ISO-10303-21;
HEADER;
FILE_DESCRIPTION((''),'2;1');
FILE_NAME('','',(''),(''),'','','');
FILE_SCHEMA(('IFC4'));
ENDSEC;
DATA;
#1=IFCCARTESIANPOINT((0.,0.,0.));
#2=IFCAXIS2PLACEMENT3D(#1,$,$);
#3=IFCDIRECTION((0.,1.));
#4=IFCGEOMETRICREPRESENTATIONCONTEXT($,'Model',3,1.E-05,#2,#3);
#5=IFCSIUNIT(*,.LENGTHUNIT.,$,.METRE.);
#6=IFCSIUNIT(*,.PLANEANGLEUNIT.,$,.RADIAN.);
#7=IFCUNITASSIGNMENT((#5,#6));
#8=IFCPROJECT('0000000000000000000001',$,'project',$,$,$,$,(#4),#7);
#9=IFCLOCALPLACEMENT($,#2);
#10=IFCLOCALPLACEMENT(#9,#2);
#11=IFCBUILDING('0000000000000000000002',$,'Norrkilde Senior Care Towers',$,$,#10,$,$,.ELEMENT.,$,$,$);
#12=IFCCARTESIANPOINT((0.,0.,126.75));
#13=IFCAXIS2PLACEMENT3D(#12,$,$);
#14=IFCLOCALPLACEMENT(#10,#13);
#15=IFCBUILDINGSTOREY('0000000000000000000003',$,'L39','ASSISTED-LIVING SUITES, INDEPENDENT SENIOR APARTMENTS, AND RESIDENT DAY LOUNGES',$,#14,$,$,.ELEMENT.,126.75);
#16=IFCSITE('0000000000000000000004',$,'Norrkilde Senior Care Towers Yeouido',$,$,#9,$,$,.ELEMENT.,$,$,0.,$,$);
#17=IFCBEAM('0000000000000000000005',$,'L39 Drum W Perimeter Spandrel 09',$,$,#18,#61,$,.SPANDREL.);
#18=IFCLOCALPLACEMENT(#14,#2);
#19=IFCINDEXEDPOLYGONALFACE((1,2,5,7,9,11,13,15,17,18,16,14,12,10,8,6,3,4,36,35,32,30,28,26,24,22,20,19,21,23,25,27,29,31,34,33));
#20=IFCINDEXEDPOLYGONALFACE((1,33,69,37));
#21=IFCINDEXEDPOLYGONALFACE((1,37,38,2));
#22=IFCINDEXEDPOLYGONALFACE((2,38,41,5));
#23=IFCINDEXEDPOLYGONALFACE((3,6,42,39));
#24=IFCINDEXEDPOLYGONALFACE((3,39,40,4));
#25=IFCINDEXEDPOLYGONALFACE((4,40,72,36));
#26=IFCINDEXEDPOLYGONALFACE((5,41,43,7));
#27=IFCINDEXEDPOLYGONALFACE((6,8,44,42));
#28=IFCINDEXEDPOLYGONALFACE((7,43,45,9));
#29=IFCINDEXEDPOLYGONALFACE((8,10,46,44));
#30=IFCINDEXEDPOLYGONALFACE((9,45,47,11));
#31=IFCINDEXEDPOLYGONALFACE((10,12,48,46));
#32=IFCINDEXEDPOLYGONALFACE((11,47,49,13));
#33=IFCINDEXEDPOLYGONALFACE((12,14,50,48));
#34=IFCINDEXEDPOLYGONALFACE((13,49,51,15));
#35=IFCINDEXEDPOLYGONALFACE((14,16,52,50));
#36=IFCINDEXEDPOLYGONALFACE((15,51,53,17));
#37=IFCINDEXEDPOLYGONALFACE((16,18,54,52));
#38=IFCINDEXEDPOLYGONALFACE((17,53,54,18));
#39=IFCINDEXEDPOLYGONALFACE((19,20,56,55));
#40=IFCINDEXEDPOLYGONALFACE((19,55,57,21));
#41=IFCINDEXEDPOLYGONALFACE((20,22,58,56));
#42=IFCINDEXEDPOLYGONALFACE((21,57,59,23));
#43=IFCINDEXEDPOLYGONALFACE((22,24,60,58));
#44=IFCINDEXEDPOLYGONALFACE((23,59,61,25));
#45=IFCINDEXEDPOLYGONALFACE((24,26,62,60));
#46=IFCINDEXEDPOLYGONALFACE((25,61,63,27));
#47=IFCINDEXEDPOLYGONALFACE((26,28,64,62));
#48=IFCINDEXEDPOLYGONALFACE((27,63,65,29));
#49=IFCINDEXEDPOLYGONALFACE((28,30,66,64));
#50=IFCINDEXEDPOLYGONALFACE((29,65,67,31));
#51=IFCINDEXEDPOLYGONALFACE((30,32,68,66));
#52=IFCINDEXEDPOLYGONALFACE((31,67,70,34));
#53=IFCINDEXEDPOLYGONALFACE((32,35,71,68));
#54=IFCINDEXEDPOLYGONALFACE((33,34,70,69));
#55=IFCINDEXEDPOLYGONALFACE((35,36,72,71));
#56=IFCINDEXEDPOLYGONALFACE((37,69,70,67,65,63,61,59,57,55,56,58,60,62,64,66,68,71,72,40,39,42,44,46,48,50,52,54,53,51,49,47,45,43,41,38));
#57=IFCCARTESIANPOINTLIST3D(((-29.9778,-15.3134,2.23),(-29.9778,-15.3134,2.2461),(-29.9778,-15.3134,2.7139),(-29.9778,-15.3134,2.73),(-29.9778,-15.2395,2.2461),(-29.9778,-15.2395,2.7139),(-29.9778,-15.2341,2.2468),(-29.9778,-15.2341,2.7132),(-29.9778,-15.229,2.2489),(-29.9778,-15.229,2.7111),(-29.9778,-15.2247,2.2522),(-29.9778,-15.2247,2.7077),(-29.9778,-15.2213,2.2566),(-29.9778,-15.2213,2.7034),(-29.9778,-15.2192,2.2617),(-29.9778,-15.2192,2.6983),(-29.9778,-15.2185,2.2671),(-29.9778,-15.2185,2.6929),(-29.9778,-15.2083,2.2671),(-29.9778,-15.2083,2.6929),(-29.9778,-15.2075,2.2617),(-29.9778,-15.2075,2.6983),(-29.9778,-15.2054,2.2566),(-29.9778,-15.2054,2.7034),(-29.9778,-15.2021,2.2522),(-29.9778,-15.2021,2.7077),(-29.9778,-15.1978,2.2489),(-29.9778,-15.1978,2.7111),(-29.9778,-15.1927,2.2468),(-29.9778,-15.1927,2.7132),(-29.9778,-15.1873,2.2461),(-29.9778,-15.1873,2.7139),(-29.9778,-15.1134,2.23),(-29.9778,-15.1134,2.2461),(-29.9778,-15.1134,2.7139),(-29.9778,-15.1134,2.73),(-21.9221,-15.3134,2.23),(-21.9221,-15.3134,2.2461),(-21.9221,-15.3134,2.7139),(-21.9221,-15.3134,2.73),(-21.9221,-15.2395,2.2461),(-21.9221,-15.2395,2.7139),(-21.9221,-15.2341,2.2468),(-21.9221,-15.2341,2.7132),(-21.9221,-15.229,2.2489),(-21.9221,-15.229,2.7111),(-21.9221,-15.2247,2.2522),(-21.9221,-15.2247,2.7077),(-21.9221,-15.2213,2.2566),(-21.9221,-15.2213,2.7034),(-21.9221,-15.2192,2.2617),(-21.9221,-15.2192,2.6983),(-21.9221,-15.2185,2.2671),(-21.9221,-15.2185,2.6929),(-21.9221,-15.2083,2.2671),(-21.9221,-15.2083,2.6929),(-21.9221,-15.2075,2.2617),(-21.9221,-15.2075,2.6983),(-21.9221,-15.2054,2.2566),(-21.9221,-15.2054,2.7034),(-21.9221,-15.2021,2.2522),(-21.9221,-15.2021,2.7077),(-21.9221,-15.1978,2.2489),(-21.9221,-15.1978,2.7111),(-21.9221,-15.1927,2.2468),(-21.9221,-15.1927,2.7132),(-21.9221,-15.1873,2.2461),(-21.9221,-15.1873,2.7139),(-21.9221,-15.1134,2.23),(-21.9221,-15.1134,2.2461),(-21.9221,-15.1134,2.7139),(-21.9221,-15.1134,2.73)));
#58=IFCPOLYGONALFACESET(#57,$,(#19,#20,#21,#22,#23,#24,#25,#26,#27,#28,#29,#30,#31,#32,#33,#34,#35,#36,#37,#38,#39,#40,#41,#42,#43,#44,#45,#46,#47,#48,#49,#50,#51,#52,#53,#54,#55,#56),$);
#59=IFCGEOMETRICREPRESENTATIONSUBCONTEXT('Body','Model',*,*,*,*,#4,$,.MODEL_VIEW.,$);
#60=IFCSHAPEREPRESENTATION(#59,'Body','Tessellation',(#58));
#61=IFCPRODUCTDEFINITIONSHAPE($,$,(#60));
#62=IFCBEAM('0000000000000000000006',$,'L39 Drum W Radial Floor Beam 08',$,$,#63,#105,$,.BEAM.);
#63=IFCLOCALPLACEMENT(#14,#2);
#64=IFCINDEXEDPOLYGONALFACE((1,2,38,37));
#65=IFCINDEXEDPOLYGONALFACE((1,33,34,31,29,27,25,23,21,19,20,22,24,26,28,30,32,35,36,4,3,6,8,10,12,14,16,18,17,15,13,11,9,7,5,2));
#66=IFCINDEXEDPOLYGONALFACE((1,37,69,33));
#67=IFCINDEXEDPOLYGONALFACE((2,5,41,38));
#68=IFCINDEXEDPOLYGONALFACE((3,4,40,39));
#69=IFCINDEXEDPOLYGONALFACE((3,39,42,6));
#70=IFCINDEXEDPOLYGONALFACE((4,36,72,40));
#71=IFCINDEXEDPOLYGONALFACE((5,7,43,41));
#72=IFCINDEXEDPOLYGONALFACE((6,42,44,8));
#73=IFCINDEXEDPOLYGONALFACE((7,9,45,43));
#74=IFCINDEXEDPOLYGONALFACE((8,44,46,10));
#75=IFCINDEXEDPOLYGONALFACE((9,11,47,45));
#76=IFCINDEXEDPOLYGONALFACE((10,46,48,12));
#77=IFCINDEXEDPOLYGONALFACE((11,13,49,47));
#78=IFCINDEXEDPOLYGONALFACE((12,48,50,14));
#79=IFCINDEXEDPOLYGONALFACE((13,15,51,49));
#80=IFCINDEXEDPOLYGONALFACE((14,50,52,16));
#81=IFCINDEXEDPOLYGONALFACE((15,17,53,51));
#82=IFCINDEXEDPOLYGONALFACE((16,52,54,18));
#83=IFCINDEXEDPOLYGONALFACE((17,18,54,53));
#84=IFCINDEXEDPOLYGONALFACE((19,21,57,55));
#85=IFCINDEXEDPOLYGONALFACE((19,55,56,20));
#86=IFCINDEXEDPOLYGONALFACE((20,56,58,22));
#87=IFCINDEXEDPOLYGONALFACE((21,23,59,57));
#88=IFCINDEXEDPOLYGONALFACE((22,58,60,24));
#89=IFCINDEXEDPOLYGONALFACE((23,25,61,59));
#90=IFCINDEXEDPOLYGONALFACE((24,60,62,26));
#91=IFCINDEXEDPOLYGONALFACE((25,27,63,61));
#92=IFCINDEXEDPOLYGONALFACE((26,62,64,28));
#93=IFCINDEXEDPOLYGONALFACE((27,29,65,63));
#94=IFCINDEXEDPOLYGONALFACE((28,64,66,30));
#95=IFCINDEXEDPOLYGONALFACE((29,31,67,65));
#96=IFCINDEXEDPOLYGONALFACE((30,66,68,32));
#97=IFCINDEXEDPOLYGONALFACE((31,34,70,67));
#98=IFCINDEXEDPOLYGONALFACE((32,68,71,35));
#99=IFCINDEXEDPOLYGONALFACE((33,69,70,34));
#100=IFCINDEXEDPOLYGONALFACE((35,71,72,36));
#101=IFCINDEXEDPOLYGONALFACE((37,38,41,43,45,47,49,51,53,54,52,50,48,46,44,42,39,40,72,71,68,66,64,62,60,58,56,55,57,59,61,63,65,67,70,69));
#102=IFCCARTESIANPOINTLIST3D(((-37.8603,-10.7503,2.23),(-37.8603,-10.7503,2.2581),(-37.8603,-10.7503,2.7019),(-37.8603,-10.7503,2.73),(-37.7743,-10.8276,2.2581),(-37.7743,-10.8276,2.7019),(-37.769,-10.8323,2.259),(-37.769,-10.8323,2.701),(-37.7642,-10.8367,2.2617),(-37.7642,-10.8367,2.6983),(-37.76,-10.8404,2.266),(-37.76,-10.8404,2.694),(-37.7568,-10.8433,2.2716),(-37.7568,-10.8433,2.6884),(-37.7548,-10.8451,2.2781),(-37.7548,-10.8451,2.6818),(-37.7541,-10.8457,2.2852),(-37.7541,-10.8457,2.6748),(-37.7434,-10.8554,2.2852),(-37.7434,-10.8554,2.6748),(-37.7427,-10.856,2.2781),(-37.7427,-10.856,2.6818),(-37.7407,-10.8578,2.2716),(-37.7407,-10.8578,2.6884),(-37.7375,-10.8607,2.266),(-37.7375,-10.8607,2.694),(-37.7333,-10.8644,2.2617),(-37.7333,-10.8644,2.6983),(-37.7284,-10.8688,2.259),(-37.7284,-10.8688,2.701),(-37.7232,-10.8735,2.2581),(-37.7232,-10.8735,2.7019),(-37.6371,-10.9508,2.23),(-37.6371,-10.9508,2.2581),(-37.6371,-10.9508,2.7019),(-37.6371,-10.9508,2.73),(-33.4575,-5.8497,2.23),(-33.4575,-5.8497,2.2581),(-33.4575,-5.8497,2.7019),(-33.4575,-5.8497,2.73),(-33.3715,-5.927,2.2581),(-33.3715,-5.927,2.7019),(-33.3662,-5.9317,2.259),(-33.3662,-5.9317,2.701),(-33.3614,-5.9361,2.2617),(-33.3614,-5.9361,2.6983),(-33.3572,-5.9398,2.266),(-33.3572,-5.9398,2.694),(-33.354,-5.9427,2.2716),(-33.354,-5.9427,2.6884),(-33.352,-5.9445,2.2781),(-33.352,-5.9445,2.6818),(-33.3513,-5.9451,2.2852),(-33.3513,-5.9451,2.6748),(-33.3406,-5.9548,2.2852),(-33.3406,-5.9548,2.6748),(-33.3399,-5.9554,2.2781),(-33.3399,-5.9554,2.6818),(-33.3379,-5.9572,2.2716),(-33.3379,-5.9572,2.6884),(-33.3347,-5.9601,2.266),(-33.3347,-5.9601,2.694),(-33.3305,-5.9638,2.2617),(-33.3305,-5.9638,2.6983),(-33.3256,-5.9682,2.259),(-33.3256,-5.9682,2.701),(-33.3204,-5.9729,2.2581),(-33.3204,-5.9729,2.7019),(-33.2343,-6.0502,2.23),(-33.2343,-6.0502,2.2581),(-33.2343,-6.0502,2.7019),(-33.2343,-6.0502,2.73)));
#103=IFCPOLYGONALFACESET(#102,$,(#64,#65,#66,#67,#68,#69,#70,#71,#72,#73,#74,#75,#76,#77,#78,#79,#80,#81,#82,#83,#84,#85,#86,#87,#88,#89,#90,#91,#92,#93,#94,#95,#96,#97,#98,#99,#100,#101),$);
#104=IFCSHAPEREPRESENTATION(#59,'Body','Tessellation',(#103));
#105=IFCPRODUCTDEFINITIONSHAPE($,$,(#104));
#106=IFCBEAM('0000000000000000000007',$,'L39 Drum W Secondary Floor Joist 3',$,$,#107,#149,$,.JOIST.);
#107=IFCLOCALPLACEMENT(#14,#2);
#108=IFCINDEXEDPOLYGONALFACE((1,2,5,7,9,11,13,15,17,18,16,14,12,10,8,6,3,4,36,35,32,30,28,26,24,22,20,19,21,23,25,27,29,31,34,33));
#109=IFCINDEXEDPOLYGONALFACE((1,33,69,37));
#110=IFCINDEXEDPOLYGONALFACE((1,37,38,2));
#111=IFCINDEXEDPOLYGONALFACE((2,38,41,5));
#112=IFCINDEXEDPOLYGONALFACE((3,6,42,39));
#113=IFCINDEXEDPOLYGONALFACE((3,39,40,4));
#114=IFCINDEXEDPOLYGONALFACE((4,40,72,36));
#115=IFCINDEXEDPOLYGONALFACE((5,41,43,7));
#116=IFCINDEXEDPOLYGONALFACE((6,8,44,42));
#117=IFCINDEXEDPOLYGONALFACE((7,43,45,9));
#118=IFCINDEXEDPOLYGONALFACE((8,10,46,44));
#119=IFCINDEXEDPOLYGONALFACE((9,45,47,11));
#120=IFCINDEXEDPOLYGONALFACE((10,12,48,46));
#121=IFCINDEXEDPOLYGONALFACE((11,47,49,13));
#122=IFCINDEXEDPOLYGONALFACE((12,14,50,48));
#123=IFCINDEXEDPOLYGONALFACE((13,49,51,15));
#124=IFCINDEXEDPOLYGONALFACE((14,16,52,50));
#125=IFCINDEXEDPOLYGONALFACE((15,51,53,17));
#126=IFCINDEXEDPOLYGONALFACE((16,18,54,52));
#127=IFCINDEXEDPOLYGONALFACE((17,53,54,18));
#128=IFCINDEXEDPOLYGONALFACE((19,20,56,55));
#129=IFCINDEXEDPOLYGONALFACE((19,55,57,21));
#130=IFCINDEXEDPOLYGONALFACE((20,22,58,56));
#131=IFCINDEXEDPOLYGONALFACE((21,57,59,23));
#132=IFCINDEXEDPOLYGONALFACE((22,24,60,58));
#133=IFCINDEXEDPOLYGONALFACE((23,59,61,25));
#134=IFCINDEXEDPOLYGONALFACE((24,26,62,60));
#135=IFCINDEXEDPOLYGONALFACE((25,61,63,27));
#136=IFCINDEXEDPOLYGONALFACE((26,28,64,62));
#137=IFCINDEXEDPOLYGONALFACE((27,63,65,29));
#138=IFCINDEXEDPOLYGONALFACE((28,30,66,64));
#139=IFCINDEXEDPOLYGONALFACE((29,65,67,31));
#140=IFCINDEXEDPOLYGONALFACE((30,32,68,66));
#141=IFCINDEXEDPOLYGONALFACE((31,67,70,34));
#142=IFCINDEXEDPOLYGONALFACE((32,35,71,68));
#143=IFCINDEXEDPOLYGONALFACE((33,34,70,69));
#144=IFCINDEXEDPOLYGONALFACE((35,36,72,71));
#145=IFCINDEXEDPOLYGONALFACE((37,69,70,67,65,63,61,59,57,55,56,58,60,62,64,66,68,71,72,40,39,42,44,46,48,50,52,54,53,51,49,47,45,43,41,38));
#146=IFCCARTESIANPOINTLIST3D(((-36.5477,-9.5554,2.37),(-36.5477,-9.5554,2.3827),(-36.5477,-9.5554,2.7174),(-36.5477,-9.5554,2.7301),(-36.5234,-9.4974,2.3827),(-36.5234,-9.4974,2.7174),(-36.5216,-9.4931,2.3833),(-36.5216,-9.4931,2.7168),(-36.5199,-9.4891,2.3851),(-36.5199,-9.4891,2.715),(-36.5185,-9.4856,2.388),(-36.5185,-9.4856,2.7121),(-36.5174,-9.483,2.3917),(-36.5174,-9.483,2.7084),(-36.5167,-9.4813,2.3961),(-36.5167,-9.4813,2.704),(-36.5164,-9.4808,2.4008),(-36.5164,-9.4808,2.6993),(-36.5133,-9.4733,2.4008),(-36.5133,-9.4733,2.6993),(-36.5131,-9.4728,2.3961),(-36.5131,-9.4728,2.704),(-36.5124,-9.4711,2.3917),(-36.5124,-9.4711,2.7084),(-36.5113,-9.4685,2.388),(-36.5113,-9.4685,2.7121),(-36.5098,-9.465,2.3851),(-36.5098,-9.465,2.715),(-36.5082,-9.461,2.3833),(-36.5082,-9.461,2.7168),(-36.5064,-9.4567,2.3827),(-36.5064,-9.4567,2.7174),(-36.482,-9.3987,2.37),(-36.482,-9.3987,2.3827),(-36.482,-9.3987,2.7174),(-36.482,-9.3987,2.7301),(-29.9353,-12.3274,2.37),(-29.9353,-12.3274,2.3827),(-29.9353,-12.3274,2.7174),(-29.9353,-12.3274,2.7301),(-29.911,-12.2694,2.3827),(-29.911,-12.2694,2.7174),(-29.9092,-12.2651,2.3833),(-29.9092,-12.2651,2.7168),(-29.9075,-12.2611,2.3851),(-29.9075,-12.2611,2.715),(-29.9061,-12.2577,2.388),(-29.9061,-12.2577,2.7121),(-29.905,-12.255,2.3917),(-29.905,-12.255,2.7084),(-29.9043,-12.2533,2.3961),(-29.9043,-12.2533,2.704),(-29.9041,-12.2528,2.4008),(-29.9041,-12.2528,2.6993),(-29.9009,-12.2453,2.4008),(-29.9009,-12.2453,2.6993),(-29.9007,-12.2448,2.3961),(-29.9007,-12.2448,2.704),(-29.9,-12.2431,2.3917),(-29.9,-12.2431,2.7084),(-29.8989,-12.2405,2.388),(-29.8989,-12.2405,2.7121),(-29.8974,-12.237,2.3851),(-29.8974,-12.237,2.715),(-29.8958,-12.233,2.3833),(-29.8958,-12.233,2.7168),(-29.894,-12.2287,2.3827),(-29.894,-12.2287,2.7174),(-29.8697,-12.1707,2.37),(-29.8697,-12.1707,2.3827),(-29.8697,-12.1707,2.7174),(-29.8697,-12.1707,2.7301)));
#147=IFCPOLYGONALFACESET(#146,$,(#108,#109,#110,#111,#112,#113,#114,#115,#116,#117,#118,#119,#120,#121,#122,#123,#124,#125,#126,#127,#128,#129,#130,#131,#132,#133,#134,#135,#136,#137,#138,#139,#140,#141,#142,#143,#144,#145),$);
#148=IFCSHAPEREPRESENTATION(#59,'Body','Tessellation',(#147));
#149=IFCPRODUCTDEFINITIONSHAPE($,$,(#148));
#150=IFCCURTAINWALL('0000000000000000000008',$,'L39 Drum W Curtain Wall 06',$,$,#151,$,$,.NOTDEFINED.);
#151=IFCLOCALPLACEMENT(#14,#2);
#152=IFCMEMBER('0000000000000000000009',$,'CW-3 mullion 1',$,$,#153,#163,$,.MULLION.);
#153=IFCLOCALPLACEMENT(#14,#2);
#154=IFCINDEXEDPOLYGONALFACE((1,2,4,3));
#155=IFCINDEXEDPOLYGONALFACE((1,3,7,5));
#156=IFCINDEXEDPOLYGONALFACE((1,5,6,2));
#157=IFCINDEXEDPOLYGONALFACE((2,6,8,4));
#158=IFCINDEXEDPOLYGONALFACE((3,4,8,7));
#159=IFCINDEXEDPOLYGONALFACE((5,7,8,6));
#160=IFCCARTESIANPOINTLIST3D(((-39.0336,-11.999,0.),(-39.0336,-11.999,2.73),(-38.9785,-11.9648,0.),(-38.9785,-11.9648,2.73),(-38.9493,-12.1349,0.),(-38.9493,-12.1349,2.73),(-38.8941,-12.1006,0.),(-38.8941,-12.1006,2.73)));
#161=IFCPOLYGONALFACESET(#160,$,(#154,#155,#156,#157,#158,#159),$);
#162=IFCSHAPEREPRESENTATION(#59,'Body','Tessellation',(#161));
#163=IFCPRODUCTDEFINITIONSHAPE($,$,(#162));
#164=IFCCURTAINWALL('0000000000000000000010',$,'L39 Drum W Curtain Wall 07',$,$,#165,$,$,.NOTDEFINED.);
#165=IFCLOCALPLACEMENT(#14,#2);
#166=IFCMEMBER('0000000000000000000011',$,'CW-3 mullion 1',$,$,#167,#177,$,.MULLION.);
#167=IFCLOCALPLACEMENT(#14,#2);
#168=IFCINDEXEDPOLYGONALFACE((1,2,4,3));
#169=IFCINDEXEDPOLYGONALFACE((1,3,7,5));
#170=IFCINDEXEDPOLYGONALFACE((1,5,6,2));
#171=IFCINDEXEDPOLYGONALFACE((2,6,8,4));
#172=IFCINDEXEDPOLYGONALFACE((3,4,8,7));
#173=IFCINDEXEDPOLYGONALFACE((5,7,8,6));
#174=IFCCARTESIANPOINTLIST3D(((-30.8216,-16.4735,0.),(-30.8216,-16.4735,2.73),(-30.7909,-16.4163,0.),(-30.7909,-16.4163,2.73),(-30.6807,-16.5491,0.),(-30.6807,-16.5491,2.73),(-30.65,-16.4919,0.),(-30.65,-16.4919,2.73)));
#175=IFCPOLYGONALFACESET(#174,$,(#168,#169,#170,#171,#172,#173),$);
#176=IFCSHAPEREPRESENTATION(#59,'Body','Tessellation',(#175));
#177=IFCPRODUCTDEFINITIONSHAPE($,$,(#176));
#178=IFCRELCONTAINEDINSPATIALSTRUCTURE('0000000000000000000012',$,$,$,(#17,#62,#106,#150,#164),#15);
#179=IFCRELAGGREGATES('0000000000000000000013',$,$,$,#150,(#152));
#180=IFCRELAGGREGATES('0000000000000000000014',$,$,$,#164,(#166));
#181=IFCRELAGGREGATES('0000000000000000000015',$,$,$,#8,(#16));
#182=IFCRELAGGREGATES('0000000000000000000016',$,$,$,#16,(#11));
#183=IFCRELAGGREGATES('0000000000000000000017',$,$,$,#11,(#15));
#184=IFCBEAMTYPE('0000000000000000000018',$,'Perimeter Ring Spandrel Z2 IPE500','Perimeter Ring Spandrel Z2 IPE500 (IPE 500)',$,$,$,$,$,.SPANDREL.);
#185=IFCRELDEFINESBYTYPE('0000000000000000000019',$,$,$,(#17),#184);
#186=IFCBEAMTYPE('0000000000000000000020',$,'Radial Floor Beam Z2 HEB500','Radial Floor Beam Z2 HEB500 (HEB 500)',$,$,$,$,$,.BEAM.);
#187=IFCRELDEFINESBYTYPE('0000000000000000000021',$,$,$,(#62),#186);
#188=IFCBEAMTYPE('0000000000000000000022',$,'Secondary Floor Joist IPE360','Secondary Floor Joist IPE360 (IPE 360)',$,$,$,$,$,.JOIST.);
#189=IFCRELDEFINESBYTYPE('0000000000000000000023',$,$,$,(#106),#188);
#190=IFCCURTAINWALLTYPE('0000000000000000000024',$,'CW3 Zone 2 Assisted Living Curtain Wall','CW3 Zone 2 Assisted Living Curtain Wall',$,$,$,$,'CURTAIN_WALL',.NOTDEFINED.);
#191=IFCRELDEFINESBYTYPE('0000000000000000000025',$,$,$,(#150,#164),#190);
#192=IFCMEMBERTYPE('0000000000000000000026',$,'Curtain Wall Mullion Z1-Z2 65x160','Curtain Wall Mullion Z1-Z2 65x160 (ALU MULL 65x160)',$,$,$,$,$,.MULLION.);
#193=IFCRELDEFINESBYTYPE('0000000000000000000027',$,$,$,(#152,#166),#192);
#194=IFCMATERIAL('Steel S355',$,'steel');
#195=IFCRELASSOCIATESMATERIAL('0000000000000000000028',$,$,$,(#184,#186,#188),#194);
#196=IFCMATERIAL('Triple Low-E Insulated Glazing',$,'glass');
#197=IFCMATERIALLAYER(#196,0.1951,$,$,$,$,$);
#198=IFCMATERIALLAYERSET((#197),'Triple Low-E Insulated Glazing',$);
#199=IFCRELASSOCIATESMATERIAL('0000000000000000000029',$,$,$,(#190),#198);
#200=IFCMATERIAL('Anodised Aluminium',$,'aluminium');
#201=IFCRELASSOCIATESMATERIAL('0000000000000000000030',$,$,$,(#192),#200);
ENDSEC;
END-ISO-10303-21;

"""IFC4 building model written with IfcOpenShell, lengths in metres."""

from ifc_helpers import new_model, si_unit, direction, frame, origin, origin_2d, place, context, subcontext, project, spatial, rectangle, i_section, extrude, source, transform, mapped, material, layer, layer_set, material_profile, profile_set, type_object, type_shapes, element, aggregate, save


model = new_model("IFC4")

# Units and contexts
model_context = context("Model", 3, precision=1e-05, world=origin(), true_north=direction((0.0, 1.0)))
body_context = subcontext(model_context, "Body", "Model", "MODEL_VIEW")
ifc_project = project(units=[si_unit("LENGTHUNIT", "METRE"), si_unit("PLANEANGLEUNIT", "RADIAN")], contexts=[model_context])

# Site, building, storey
site_placement = place(None, origin())
site = spatial("IfcSite", under=ifc_project, at=site_placement, Name="Norrkilde Senior Care Towers Yeouido", CompositionType="ELEMENT", RefElevation=0.0)
building_placement = place(site_placement, origin())
building = spatial("IfcBuilding", under=site, at=building_placement, Name="Norrkilde Senior Care Towers", CompositionType="ELEMENT")
storey_placement = place(building_placement, frame((0.0, 0.0, 126.75)))
storey = spatial("IfcBuildingStorey", under=building, at=storey_placement, Name="L39", Description="ASSISTED-LIVING SUITES, INDEPENDENT SENIOR APARTMENTS, AND RESIDENT DAY LOUNGES", CompositionType="ELEMENT", Elevation=126.75)

# Beams
ifc_material_1 = material(Name="Steel S355", Category="steel")
ifc_material_profile_1 = material_profile(ifc_material_1, i_section(OverallWidth=0.2, OverallDepth=0.5, WebThickness=0.0103, FlangeThickness=0.0161, FilletRadius=0.021, at=origin_2d()), Name="IPE 500")
ifc_profile_set_1 = profile_set([ifc_material_profile_1], Name="Steel S355")
beam_type_1 = type_object("IfcBeamType", Name="Perimeter Ring Spandrel Z2 IPE500", Description="Perimeter Ring Spandrel Z2 IPE500 (IPE 500)", PredefinedType="SPANDREL", material=ifc_profile_set_1)
shared_shape_1 = source(origin(), body_context, "Body", "SweptSolid", [
    extrude(i_section(OverallWidth=0.2, OverallDepth=0.5, WebThickness=0.0103, FlangeThickness=0.0161, FilletRadius=0.021, at=origin_2d()), origin(), (0.0, 0.0, 1.0), 8.0557),
])
beam_1_placement = place(storey_placement, frame((-29.9778, -15.2134, 2.48), z_axis=(1.0, 0.0, 0.0), x_axis=(0.0, 1.0, 0.0)))
element("IfcBeam", 1, at=beam_1_placement, inside=storey, type_object=beam_type_1, Name="L39 Drum W Perimeter Spandrel 09", PredefinedType="SPANDREL", context=body_context, shape_type="MappedRepresentation", body=[
    mapped(shared_shape_1, transform((0.0, 0.0, 0.0), x_axis=(1.0, 0.0, 0.0), y_axis=(0.0, 1.0, 0.0), z_axis=(0.0, 0.0, 1.0), scale=1.0)),
])
ifc_material_profile_2 = material_profile(ifc_material_1, i_section(OverallWidth=0.3, OverallDepth=0.5, WebThickness=0.0144, FlangeThickness=0.0281, FilletRadius=0.0271, at=origin_2d()), Name="HEB 500")
ifc_profile_set_2 = profile_set([ifc_material_profile_2], Name="Steel S355")
beam_type_2 = type_object("IfcBeamType", Name="Radial Floor Beam Z2 HEB500", Description="Radial Floor Beam Z2 HEB500 (HEB 500)", PredefinedType="BEAM", material=ifc_profile_set_2)
shared_shape_2 = source(origin(), body_context, "Body", "SweptSolid", [
    extrude(i_section(OverallWidth=0.3, OverallDepth=0.5, WebThickness=0.0144, FlangeThickness=0.0281, FilletRadius=0.0271, at=origin_2d()), origin(), (0.0, 0.0, 1.0), 6.5879),
])
type_shapes(beam_type_2, [shared_shape_2])
beam_2_placement = place(storey_placement, frame((-33.3459, -5.95, 2.48), z_axis=(-0.668315, -0.743878, 0.0), x_axis=(0.743878, -0.668315, 0.0)))
element("IfcBeam", 2, at=beam_2_placement, inside=storey, type_object=beam_type_2, Name="L39 Drum W Radial Floor Beam 08", PredefinedType="BEAM", context=body_context, shape_type="MappedRepresentation", body=[
    mapped(shared_shape_2, transform((0.0, 0.0, 0.0), x_axis=(1.0, 0.0, 0.0), y_axis=(0.0, 1.0, 0.0), z_axis=(0.0, 0.0, 1.0), scale=1.0)),
])
ifc_material_profile_3 = material_profile(ifc_material_1, i_section(OverallWidth=0.1699, OverallDepth=0.3601, WebThickness=0.0081, FlangeThickness=0.0127, FilletRadius=0.0181, at=origin_2d()), Name="IPE 360")
ifc_profile_set_3 = profile_set([ifc_material_profile_3], Name="Steel S355")
beam_type_3 = type_object("IfcBeamType", Name="Secondary Floor Joist IPE360", Description="Secondary Floor Joist IPE360 (IPE 360)", PredefinedType="JOIST", material=ifc_profile_set_3)
shared_shape_3 = source(origin(), body_context, "Body", "SweptSolid", [
    extrude(i_section(OverallWidth=0.1699, OverallDepth=0.3601, WebThickness=0.0081, FlangeThickness=0.0127, FilletRadius=0.0181, at=origin_2d()), origin(), (0.0, 0.0, 1.0), 7.1699),
])
type_shapes(beam_type_3, [shared_shape_3])
beam_3_placement = place(storey_placement, frame((-36.5149, -9.4771, 2.55), z_axis=(0.922241, -0.386616, 0.0), x_axis=(0.386616, 0.922241, 0.0)))
element("IfcBeam", 3, at=beam_3_placement, inside=storey, type_object=beam_type_3, Name="L39 Drum W Secondary Floor Joist 3", PredefinedType="JOIST", context=body_context, shape_type="MappedRepresentation", body=[
    mapped(shared_shape_3, transform((0.0, 0.0, 0.0), x_axis=(1.0, 0.0, 0.0), y_axis=(0.0, 1.0, 0.0), z_axis=(0.0, 0.0, 1.0), scale=1.0)),
])

# Curtain wall, member
ifc_material_2 = material(Name="Triple Low-E Insulated Glazing", Category="glass")
ifc_layer_1 = layer(ifc_material_2, 0.1951)
ifc_layer_set_1 = layer_set([ifc_layer_1], Name="Triple Low-E Insulated Glazing")
curtain_wall_type = type_object("IfcCurtainWallType", Name="CW3 Zone 2 Assisted Living Curtain Wall", Description="CW3 Zone 2 Assisted Living Curtain Wall", ElementType="CURTAIN_WALL", PredefinedType="NOTDEFINED", material=ifc_layer_set_1)
curtain_wall_1_placement = place(storey_placement, origin())
curtain_wall_1 = element("IfcCurtainWall", 4, at=curtain_wall_1_placement, inside=storey, type_object=curtain_wall_type, Name="L39 Drum W Curtain Wall 06", PredefinedType="NOTDEFINED")
ifc_material_3 = material(Name="Anodised Aluminium", Category="aluminium")
ifc_material_profile_4 = material_profile(ifc_material_3, rectangle(XDim=0.0649, YDim=0.1599, at=origin_2d()), Name="ALU MULL 65x160")
ifc_profile_set_4 = profile_set([ifc_material_profile_4], Name="Anodised Aluminium")
member_type_1 = type_object("IfcMemberType", Name="Curtain Wall Mullion Z1-Z2 65x160", Description="Curtain Wall Mullion Z1-Z2 65x160 (ALU MULL 65x160)", PredefinedType="MULLION", material=ifc_profile_set_4)
shared_shape_4 = source(origin(), body_context, "Body", "SweptSolid", [
    extrude(rectangle(XDim=0.0649, YDim=0.1599, at=origin_2d()), origin(), (0.0, 0.0, 1.0), 2.73),
])
type_shapes(member_type_1, [shared_shape_4])
member_1_placement = place(storey_placement, frame((-38.9639, -12.0498, 0.0), z_axis=(0.0, 0.0, 1.0), x_axis=(-0.84941, -0.527733, 0.0)))
member_1 = element("IfcMember", 5, at=member_1_placement, type_object=member_type_1, Name="CW-3 mullion 1", PredefinedType="MULLION", context=body_context, shape_type="MappedRepresentation", body=[
    mapped(shared_shape_4, transform((0.0, 0.0, 0.0), x_axis=(1.0, 0.0, 0.0), y_axis=(0.0, 1.0, 0.0), z_axis=(0.0, 0.0, 1.0), scale=1.0)),
])

# Curtain wall, member
curtain_wall_2_placement = place(storey_placement, origin())
curtain_wall_2 = element("IfcCurtainWall", 6, at=curtain_wall_2_placement, inside=storey, type_object=curtain_wall_type, Name="L39 Drum W Curtain Wall 07", PredefinedType="NOTDEFINED")
member_2_placement = place(storey_placement, frame((-30.7358, -16.4827, 0.0), z_axis=(0.0, 0.0, 1.0), x_axis=(-0.472769, -0.881186, 0.0)))
member_2 = element("IfcMember", 7, at=member_2_placement, type_object=member_type_1, Name="CW-3 mullion 1", PredefinedType="MULLION", context=body_context, shape_type="MappedRepresentation", body=[
    mapped(shared_shape_4, transform((0.0, 0.0, 0.0), x_axis=(1.0, 0.0, 0.0), y_axis=(0.0, 1.0, 0.0), z_axis=(0.0, 0.0, 1.0), scale=1.0)),
])

aggregate(curtain_wall_1, [member_1])
aggregate(curtain_wall_2, [member_2])

save(model, "model.ifc")
